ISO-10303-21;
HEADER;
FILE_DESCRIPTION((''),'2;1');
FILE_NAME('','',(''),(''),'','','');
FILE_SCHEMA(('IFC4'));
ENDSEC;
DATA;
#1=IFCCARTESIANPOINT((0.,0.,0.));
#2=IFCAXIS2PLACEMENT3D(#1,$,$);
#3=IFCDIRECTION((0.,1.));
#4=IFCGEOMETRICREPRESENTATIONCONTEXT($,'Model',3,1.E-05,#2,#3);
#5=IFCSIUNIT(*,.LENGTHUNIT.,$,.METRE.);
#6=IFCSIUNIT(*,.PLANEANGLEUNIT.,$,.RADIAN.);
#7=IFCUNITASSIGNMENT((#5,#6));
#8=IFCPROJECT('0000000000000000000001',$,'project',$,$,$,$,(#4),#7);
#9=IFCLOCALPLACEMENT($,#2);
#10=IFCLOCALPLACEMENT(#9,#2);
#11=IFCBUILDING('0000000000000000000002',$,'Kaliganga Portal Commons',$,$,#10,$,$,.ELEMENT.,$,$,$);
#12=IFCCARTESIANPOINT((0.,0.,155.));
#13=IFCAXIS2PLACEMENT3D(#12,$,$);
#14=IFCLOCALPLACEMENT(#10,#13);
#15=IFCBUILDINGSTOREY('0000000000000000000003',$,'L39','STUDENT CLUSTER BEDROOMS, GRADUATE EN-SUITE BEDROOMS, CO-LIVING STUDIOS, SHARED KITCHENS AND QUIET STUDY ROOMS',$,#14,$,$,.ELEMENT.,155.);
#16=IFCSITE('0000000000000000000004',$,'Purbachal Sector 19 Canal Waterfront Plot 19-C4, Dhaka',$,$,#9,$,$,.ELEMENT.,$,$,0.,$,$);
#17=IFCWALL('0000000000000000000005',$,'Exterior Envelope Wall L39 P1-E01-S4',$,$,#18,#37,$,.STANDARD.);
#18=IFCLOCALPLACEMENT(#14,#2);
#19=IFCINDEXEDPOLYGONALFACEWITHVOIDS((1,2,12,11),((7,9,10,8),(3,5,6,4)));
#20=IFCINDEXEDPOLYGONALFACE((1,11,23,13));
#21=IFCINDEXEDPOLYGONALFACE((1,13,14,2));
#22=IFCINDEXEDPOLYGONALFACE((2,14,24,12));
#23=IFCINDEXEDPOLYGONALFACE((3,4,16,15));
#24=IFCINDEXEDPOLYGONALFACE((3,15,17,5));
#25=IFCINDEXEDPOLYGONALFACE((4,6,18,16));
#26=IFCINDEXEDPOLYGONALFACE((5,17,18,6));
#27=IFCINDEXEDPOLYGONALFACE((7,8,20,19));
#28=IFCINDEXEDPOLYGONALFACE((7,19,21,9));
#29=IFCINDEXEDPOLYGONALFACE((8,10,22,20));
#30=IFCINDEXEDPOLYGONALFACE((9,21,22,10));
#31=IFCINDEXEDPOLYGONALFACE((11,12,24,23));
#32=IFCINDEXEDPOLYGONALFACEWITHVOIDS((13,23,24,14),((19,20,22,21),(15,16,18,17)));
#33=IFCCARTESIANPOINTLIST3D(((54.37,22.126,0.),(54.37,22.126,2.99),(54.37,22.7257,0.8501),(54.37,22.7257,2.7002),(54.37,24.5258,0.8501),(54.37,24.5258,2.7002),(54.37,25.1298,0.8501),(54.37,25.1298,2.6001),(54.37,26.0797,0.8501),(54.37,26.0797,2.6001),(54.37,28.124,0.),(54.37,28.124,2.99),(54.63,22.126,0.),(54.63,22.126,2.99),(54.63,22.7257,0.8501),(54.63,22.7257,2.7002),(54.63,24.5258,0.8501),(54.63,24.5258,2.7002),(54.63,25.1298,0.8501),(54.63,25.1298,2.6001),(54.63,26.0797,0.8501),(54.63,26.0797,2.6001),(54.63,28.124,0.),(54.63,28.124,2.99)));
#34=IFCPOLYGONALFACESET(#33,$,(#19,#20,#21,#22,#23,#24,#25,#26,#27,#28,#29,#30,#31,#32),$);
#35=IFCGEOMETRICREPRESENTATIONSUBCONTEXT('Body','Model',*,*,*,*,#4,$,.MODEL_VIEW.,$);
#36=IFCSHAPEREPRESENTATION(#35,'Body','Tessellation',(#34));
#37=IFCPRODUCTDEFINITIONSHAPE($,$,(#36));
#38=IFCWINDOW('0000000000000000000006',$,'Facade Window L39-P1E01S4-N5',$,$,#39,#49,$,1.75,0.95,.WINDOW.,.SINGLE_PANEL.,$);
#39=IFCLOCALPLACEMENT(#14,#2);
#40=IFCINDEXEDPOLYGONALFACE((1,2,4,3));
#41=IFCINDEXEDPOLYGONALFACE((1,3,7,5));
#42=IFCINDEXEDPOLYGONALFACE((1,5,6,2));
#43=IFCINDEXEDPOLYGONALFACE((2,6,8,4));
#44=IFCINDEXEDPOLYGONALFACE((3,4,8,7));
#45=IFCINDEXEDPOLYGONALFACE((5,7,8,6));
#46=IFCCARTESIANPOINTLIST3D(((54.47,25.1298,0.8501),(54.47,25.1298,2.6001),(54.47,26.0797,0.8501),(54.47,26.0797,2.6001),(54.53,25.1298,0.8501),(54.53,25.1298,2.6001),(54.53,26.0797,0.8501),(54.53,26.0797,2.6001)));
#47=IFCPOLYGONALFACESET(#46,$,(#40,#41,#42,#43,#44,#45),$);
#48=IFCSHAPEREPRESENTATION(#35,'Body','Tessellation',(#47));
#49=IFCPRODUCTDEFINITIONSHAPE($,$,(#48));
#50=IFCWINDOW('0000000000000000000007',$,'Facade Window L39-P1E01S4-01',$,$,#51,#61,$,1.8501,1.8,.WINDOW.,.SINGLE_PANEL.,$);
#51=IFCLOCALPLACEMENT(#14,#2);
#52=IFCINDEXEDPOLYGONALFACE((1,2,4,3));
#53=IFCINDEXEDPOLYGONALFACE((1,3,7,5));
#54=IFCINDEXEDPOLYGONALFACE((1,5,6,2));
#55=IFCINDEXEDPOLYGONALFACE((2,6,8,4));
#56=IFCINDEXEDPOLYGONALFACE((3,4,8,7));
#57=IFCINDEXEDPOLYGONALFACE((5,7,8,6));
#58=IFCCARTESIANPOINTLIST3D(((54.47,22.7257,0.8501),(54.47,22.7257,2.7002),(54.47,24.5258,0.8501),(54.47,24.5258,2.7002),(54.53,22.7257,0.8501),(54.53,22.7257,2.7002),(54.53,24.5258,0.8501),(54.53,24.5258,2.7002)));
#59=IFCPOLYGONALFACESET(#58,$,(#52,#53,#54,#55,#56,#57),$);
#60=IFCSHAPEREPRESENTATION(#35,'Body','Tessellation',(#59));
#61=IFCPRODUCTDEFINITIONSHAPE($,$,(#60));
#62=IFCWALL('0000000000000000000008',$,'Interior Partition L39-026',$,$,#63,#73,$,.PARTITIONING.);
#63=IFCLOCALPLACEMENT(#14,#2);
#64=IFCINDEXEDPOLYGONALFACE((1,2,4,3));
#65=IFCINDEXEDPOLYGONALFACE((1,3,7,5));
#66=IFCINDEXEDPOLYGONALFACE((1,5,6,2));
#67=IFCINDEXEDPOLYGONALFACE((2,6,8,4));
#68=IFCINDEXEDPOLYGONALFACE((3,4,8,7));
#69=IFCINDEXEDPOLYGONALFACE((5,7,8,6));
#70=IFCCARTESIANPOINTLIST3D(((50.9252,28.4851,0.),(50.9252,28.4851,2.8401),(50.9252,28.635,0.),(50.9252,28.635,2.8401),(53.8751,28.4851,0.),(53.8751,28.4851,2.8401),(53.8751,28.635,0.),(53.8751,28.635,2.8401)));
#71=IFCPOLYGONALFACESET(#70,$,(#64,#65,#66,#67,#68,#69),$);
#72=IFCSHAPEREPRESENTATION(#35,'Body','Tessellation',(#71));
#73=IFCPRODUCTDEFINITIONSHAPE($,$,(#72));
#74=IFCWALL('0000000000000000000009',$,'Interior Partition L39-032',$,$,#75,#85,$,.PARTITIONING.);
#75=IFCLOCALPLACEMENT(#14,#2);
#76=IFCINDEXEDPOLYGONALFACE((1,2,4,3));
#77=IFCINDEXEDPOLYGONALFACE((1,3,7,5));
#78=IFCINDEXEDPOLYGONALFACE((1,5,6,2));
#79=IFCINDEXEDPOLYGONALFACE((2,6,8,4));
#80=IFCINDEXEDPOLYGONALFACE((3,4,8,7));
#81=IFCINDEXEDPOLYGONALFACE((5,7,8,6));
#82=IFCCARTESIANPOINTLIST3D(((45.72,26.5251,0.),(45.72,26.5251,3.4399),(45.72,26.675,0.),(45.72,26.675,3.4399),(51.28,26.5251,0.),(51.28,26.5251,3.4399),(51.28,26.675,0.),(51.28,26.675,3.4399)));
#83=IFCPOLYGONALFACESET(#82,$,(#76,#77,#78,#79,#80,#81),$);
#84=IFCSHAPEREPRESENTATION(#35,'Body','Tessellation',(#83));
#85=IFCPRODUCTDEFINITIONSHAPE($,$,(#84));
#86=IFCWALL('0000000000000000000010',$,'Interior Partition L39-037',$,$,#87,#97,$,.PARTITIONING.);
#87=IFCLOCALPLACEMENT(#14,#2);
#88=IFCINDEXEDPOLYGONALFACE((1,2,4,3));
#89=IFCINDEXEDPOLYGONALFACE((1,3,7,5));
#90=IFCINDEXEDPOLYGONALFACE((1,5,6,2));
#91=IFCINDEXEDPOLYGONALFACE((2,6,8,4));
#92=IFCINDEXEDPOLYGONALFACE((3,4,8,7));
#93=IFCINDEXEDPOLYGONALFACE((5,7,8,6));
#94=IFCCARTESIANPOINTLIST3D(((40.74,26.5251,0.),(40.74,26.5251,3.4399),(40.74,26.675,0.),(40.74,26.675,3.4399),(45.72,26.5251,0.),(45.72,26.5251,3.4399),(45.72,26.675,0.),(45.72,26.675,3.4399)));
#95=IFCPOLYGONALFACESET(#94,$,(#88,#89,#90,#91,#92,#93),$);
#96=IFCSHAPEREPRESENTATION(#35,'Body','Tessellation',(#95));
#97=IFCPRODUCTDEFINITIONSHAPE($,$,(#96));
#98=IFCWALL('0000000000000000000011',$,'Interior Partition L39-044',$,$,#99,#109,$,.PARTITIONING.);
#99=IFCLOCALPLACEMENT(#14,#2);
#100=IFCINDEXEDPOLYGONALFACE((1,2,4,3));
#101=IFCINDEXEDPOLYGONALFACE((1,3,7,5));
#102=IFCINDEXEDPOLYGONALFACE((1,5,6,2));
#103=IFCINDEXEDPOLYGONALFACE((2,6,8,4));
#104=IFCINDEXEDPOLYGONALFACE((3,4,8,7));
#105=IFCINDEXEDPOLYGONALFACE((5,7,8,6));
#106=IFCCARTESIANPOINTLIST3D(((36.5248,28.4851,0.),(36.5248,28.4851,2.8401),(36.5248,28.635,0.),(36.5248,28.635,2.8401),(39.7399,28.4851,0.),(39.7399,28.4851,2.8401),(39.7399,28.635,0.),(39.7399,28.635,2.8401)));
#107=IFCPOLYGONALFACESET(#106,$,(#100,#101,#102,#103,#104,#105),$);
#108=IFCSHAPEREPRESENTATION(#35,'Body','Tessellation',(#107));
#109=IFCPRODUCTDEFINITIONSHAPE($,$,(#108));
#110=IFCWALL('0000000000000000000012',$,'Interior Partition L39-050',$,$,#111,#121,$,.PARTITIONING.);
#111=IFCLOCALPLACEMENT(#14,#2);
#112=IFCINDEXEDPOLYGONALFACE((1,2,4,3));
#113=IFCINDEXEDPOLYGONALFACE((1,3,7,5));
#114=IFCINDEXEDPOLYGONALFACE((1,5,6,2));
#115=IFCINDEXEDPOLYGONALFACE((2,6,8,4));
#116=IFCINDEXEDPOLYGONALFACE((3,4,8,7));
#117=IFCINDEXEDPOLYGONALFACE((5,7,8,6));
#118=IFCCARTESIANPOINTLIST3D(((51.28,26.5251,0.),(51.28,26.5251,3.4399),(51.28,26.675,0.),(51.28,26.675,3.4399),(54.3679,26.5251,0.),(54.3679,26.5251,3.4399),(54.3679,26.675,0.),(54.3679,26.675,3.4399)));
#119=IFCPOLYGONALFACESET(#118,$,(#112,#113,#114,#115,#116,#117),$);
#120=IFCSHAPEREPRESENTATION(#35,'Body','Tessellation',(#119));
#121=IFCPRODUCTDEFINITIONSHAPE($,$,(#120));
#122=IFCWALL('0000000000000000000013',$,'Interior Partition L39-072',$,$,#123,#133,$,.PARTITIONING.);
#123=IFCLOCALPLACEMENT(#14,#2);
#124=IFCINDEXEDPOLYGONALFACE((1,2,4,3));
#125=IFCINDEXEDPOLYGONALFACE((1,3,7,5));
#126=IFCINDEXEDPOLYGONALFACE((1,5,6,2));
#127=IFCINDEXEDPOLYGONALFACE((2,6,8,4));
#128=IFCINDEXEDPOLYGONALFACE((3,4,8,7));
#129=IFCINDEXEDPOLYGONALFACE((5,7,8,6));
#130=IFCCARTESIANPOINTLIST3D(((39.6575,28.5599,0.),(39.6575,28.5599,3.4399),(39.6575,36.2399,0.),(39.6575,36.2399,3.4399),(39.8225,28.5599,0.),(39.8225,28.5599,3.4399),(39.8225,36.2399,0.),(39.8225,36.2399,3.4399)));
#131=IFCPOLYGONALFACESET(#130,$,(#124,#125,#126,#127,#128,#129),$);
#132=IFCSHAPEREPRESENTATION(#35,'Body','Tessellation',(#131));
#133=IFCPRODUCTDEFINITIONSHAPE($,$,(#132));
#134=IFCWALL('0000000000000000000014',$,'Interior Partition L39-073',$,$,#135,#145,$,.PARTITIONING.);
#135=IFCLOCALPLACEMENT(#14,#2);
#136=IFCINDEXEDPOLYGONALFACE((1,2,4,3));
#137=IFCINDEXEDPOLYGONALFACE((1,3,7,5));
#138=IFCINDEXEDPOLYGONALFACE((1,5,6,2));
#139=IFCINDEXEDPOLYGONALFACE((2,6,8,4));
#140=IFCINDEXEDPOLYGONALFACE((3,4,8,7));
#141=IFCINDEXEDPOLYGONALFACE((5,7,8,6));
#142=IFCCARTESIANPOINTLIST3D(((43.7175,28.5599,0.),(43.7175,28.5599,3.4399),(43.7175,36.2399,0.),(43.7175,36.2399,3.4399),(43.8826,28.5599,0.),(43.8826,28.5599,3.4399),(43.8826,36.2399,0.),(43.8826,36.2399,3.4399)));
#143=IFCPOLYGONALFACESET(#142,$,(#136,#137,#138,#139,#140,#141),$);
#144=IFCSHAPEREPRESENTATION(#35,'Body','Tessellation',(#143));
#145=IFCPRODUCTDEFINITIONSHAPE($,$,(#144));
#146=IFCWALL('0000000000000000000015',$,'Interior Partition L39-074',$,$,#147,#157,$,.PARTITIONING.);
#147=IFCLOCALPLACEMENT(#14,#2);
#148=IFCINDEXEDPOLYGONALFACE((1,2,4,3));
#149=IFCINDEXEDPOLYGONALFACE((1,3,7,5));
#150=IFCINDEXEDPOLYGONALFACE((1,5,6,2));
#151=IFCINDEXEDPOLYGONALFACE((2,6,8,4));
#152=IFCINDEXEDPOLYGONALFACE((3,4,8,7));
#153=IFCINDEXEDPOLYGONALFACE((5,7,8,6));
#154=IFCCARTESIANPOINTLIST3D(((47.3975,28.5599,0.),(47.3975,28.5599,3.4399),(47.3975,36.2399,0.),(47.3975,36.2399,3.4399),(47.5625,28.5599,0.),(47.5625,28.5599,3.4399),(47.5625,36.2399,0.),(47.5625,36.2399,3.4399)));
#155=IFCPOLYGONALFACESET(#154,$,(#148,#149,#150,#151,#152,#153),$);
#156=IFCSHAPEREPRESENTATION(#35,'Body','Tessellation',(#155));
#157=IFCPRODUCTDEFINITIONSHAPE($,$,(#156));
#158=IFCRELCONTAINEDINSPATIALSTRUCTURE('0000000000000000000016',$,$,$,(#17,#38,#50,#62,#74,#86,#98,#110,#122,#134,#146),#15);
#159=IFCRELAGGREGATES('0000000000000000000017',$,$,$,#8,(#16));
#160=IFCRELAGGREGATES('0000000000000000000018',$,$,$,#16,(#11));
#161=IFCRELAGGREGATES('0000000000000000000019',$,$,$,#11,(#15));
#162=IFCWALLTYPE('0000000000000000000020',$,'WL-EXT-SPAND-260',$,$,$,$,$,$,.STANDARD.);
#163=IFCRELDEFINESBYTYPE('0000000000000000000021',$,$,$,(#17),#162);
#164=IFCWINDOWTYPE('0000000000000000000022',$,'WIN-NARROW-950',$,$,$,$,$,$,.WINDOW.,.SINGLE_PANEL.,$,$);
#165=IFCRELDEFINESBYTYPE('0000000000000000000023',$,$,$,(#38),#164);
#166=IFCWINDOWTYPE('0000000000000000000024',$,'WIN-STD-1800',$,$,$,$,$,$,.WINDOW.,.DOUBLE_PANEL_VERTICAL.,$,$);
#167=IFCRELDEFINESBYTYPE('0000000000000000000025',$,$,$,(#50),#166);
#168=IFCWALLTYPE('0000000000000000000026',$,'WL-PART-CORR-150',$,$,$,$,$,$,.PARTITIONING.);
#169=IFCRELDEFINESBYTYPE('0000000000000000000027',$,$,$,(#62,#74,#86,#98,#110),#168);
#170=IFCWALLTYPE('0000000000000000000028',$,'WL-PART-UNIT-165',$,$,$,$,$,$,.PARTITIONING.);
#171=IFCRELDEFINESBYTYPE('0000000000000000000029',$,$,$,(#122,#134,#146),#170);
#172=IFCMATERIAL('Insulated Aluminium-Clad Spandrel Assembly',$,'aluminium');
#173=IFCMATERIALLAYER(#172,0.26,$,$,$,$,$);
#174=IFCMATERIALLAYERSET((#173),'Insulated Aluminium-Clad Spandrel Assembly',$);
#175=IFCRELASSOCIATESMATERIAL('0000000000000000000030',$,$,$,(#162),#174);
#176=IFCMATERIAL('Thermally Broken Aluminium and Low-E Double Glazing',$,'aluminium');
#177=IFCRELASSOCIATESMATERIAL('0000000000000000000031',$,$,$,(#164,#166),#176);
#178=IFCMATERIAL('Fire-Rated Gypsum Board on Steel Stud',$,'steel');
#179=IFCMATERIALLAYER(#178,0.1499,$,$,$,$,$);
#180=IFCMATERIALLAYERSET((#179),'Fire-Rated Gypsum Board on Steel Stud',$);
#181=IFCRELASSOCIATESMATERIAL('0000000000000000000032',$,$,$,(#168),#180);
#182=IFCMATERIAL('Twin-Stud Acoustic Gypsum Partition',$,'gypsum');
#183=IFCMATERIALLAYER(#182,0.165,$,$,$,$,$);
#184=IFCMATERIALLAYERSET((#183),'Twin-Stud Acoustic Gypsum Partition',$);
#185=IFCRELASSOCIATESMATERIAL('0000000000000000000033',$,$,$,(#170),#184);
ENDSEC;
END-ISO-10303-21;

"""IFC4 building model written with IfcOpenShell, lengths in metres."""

from ifc_helpers import new_model, si_unit, direction, frame, frame_2d, origin, place, context, subcontext, project, spatial, rectangle, extrude, material, layer, layer_set, type_object, element, fill, save


model = new_model("IFC4")

# Units and contexts
model_context = context("Model", 3, precision=1e-05, world=origin(), true_north=direction((0.0, 1.0)))
body_context = subcontext(model_context, "Body", "Model", "MODEL_VIEW")
ifc_project = project(units=[si_unit("LENGTHUNIT", "METRE"), si_unit("PLANEANGLEUNIT", "RADIAN")], contexts=[model_context])

# Site, building, storey
site_placement = place(None, origin())
site = spatial("IfcSite", under=ifc_project, at=site_placement, Name="Purbachal Sector 19 Canal Waterfront Plot 19-C4, Dhaka", CompositionType="ELEMENT", RefElevation=0.0)
building_placement = place(site_placement, origin())
building = spatial("IfcBuilding", under=site, at=building_placement, Name="Kaliganga Portal Commons", CompositionType="ELEMENT")
storey_placement = place(building_placement, frame((0.0, 0.0, 155.0)))
storey = spatial("IfcBuildingStorey", under=building, at=storey_placement, Name="L39", Description="STUDENT CLUSTER BEDROOMS, GRADUATE EN-SUITE BEDROOMS, CO-LIVING STUDIOS, SHARED KITCHENS AND QUIET STUDY ROOMS", CompositionType="ELEMENT", Elevation=155.0)

# Wall, openings, windows
ifc_material_1 = material(Name="Insulated Aluminium-Clad Spandrel Assembly", Category="aluminium")
ifc_layer_1 = layer(ifc_material_1, 0.26)
ifc_layer_set_1 = layer_set([ifc_layer_1], Name="Insulated Aluminium-Clad Spandrel Assembly")
wall_type_1 = type_object("IfcWallType", Name="WL-EXT-SPAND-260", PredefinedType="STANDARD", material=ifc_layer_set_1)
wall_1_placement = place(storey_placement, frame((54.5, 28.124, 0.0), z_axis=(0.0, 0.0, 1.0), x_axis=(0.0, -1.0, 0.0)))
wall_1 = element("IfcWall", 1, at=wall_1_placement, inside=storey, type_object=wall_type_1, Name="Exterior Envelope Wall L39 P1-E01-S4", PredefinedType="STANDARD", context=body_context, shape_type="SweptSolid", body=[
    extrude(rectangle(XDim=5.998, YDim=0.26, at=frame_2d((2.999, 0.0))), origin(), (0.0, 0.0, 1.0), 2.99),
])
opening_1_placement = place(wall_1_placement, frame((3.5984, 0.0, 0.8501)))
opening_1 = element("IfcOpeningElement", 2, at=opening_1_placement, cuts=wall_1, PredefinedType="OPENING", context=body_context, shape_type="SweptSolid", body=[
    extrude(rectangle(XDim=1.8, YDim=1.8501, at=frame_2d((0.8999, 0.925))), frame((0.0, 0.1401, 0.0), z_axis=(0.0, -1.0, 0.0), x_axis=(1.0, 0.0, 0.0)), (0.0, 0.0, 1.0), 0.28),
])
opening_2_placement = place(wall_1_placement, frame((2.0442, 0.0, 0.8501)))
opening_2 = element("IfcOpeningElement", 3, at=opening_2_placement, cuts=wall_1, PredefinedType="OPENING", context=body_context, shape_type="SweptSolid", body=[
    extrude(rectangle(XDim=0.95, YDim=1.75, at=frame_2d((0.4751, 0.875))), frame((0.0, 0.1401, 0.0), z_axis=(0.0, -1.0, 0.0), x_axis=(1.0, 0.0, 0.0)), (0.0, 0.0, 1.0), 0.28),
])
ifc_material_2 = material(Name="Thermally Broken Aluminium and Low-E Double Glazing", Category="aluminium")
window_type_1 = type_object("IfcWindowType", Name="WIN-NARROW-950", PartitioningType="SINGLE_PANEL", PredefinedType="WINDOW", material=ifc_material_2)
window_1_placement = place(opening_2_placement, origin())
window_1 = element("IfcWindow", 4, at=window_1_placement, inside=storey, type_object=window_type_1, Name="Facade Window L39-P1E01S4-N5", OverallHeight=1.75, OverallWidth=0.95, PartitioningType="SINGLE_PANEL", PredefinedType="WINDOW", context=body_context, shape_type="SweptSolid", body=[
    extrude(rectangle(XDim=0.95, YDim=1.75, at=frame_2d((0.4751, 0.875))), frame((0.0, 0.03, 0.0), z_axis=(0.0, -1.0, 0.0), x_axis=(1.0, 0.0, 0.0)), (0.0, 0.0, 1.0), 0.0601),
])
fill(opening_2, window_1)
window_type_2 = type_object("IfcWindowType", Name="WIN-STD-1800", PartitioningType="DOUBLE_PANEL_VERTICAL", PredefinedType="WINDOW", material=ifc_material_2)
window_2_placement = place(opening_1_placement, origin())
window_2 = element("IfcWindow", 5, at=window_2_placement, inside=storey, type_object=window_type_2, Name="Facade Window L39-P1E01S4-01", OverallHeight=1.8501, OverallWidth=1.8, PartitioningType="SINGLE_PANEL", PredefinedType="WINDOW", context=body_context, shape_type="SweptSolid", body=[
    extrude(rectangle(XDim=1.8, YDim=1.8501, at=frame_2d((0.8999, 0.925))), frame((0.0, 0.03, 0.0), z_axis=(0.0, -1.0, 0.0), x_axis=(1.0, 0.0, 0.0)), (0.0, 0.0, 1.0), 0.0601),
])
fill(opening_1, window_2)

# Shared definitions
ifc_material_3 = material(Name="Fire-Rated Gypsum Board on Steel Stud", Category="steel")
ifc_layer_2 = layer(ifc_material_3, 0.1499)
ifc_layer_set_2 = layer_set([ifc_layer_2], Name="Fire-Rated Gypsum Board on Steel Stud")
wall_type_2 = type_object("IfcWallType", Name="WL-PART-CORR-150", PredefinedType="PARTITIONING", material=ifc_layer_set_2)

# Walls
wall_2_placement = place(storey_placement, frame((50.925, 28.5601, 0.0), z_axis=(0.0, 0.0, 1.0), x_axis=(1.0, 0.0, 0.0)))
element("IfcWall", 6, at=wall_2_placement, inside=storey, type_object=wall_type_2, Name="Interior Partition L39-026", PredefinedType="PARTITIONING", context=body_context, shape_type="SweptSolid", body=[
    extrude(rectangle(XDim=2.95, YDim=0.1499, at=frame_2d((1.4751, 0.0))), origin(), (0.0, 0.0, 1.0), 2.8401),
])
wall_3_placement = place(storey_placement, frame((45.72, 26.6001, 0.0), z_axis=(0.0, 0.0, 1.0), x_axis=(1.0, 0.0, 0.0)))
element("IfcWall", 7, at=wall_3_placement, inside=storey, type_object=wall_type_2, Name="Interior Partition L39-032", PredefinedType="PARTITIONING", context=body_context, shape_type="SweptSolid", body=[
    extrude(rectangle(XDim=5.5601, YDim=0.1499, at=frame_2d((2.78, 0.0))), origin(), (0.0, 0.0, 1.0), 3.4399),
])
wall_4_placement = place(storey_placement, frame((40.74, 26.6001, 0.0), z_axis=(0.0, 0.0, 1.0), x_axis=(1.0, 0.0, 0.0)))
element("IfcWall", 8, at=wall_4_placement, inside=storey, type_object=wall_type_2, Name="Interior Partition L39-037", PredefinedType="PARTITIONING", context=body_context, shape_type="SweptSolid", body=[
    extrude(rectangle(XDim=4.98, YDim=0.1499, at=frame_2d((2.49, 0.0))), origin(), (0.0, 0.0, 1.0), 3.4399),
])
wall_5_placement = place(storey_placement, frame((36.5249, 28.5601, 0.0), z_axis=(0.0, 0.0, 1.0), x_axis=(1.0, 0.0, 0.0)))
element("IfcWall", 9, at=wall_5_placement, inside=storey, type_object=wall_type_2, Name="Interior Partition L39-044", PredefinedType="PARTITIONING", context=body_context, shape_type="SweptSolid", body=[
    extrude(rectangle(XDim=3.2151, YDim=0.1499, at=frame_2d((1.6074, 0.0))), origin(), (0.0, 0.0, 1.0), 2.8401),
])

# Walls
wall_6_placement = place(storey_placement, frame((51.28, 26.6001, 0.0), z_axis=(0.0, 0.0, 1.0), x_axis=(1.0, 0.0, 0.0)))
element("IfcWall", 10, at=wall_6_placement, inside=storey, type_object=wall_type_2, Name="Interior Partition L39-050", PredefinedType="PARTITIONING", context=body_context, shape_type="SweptSolid", body=[
    extrude(rectangle(XDim=3.0879, YDim=0.1499, at=frame_2d((1.5439, 0.0))), origin(), (0.0, 0.0, 1.0), 3.4399),
])
ifc_material_4 = material(Name="Twin-Stud Acoustic Gypsum Partition", Category="gypsum")
ifc_layer_3 = layer(ifc_material_4, 0.165)
ifc_layer_set_3 = layer_set([ifc_layer_3], Name="Twin-Stud Acoustic Gypsum Partition")
wall_type_3 = type_object("IfcWallType", Name="WL-PART-UNIT-165", PredefinedType="PARTITIONING", material=ifc_layer_set_3)
for number, where, z_axis, x_axis, name in (
    (11, (39.74, 28.5601, 0.0), (0.0, 0.0, 1.0), (0.0, 1.0, 0.0), "Interior Partition L39-072"),
    (12, (43.8, 28.5601, 0.0), (0.0, 0.0, 1.0), (0.0, 1.0, 0.0), "Interior Partition L39-073"),
    (13, (47.48, 28.5601, 0.0), (0.0, 0.0, 1.0), (0.0, 1.0, 0.0), "Interior Partition L39-074"),
):
    element("IfcWall", number, at=place(storey_placement, frame(where, z_axis=z_axis, x_axis=x_axis)), inside=storey, type_object=wall_type_3, Name=name, PredefinedType="PARTITIONING", context=body_context, shape_type="SweptSolid", body=[
        extrude(rectangle(XDim=7.6799, YDim=0.165, at=frame_2d((3.8398, 0.0))), origin(), (0.0, 0.0, 1.0), 3.4399),
    ])

save(model, "model.ifc")
